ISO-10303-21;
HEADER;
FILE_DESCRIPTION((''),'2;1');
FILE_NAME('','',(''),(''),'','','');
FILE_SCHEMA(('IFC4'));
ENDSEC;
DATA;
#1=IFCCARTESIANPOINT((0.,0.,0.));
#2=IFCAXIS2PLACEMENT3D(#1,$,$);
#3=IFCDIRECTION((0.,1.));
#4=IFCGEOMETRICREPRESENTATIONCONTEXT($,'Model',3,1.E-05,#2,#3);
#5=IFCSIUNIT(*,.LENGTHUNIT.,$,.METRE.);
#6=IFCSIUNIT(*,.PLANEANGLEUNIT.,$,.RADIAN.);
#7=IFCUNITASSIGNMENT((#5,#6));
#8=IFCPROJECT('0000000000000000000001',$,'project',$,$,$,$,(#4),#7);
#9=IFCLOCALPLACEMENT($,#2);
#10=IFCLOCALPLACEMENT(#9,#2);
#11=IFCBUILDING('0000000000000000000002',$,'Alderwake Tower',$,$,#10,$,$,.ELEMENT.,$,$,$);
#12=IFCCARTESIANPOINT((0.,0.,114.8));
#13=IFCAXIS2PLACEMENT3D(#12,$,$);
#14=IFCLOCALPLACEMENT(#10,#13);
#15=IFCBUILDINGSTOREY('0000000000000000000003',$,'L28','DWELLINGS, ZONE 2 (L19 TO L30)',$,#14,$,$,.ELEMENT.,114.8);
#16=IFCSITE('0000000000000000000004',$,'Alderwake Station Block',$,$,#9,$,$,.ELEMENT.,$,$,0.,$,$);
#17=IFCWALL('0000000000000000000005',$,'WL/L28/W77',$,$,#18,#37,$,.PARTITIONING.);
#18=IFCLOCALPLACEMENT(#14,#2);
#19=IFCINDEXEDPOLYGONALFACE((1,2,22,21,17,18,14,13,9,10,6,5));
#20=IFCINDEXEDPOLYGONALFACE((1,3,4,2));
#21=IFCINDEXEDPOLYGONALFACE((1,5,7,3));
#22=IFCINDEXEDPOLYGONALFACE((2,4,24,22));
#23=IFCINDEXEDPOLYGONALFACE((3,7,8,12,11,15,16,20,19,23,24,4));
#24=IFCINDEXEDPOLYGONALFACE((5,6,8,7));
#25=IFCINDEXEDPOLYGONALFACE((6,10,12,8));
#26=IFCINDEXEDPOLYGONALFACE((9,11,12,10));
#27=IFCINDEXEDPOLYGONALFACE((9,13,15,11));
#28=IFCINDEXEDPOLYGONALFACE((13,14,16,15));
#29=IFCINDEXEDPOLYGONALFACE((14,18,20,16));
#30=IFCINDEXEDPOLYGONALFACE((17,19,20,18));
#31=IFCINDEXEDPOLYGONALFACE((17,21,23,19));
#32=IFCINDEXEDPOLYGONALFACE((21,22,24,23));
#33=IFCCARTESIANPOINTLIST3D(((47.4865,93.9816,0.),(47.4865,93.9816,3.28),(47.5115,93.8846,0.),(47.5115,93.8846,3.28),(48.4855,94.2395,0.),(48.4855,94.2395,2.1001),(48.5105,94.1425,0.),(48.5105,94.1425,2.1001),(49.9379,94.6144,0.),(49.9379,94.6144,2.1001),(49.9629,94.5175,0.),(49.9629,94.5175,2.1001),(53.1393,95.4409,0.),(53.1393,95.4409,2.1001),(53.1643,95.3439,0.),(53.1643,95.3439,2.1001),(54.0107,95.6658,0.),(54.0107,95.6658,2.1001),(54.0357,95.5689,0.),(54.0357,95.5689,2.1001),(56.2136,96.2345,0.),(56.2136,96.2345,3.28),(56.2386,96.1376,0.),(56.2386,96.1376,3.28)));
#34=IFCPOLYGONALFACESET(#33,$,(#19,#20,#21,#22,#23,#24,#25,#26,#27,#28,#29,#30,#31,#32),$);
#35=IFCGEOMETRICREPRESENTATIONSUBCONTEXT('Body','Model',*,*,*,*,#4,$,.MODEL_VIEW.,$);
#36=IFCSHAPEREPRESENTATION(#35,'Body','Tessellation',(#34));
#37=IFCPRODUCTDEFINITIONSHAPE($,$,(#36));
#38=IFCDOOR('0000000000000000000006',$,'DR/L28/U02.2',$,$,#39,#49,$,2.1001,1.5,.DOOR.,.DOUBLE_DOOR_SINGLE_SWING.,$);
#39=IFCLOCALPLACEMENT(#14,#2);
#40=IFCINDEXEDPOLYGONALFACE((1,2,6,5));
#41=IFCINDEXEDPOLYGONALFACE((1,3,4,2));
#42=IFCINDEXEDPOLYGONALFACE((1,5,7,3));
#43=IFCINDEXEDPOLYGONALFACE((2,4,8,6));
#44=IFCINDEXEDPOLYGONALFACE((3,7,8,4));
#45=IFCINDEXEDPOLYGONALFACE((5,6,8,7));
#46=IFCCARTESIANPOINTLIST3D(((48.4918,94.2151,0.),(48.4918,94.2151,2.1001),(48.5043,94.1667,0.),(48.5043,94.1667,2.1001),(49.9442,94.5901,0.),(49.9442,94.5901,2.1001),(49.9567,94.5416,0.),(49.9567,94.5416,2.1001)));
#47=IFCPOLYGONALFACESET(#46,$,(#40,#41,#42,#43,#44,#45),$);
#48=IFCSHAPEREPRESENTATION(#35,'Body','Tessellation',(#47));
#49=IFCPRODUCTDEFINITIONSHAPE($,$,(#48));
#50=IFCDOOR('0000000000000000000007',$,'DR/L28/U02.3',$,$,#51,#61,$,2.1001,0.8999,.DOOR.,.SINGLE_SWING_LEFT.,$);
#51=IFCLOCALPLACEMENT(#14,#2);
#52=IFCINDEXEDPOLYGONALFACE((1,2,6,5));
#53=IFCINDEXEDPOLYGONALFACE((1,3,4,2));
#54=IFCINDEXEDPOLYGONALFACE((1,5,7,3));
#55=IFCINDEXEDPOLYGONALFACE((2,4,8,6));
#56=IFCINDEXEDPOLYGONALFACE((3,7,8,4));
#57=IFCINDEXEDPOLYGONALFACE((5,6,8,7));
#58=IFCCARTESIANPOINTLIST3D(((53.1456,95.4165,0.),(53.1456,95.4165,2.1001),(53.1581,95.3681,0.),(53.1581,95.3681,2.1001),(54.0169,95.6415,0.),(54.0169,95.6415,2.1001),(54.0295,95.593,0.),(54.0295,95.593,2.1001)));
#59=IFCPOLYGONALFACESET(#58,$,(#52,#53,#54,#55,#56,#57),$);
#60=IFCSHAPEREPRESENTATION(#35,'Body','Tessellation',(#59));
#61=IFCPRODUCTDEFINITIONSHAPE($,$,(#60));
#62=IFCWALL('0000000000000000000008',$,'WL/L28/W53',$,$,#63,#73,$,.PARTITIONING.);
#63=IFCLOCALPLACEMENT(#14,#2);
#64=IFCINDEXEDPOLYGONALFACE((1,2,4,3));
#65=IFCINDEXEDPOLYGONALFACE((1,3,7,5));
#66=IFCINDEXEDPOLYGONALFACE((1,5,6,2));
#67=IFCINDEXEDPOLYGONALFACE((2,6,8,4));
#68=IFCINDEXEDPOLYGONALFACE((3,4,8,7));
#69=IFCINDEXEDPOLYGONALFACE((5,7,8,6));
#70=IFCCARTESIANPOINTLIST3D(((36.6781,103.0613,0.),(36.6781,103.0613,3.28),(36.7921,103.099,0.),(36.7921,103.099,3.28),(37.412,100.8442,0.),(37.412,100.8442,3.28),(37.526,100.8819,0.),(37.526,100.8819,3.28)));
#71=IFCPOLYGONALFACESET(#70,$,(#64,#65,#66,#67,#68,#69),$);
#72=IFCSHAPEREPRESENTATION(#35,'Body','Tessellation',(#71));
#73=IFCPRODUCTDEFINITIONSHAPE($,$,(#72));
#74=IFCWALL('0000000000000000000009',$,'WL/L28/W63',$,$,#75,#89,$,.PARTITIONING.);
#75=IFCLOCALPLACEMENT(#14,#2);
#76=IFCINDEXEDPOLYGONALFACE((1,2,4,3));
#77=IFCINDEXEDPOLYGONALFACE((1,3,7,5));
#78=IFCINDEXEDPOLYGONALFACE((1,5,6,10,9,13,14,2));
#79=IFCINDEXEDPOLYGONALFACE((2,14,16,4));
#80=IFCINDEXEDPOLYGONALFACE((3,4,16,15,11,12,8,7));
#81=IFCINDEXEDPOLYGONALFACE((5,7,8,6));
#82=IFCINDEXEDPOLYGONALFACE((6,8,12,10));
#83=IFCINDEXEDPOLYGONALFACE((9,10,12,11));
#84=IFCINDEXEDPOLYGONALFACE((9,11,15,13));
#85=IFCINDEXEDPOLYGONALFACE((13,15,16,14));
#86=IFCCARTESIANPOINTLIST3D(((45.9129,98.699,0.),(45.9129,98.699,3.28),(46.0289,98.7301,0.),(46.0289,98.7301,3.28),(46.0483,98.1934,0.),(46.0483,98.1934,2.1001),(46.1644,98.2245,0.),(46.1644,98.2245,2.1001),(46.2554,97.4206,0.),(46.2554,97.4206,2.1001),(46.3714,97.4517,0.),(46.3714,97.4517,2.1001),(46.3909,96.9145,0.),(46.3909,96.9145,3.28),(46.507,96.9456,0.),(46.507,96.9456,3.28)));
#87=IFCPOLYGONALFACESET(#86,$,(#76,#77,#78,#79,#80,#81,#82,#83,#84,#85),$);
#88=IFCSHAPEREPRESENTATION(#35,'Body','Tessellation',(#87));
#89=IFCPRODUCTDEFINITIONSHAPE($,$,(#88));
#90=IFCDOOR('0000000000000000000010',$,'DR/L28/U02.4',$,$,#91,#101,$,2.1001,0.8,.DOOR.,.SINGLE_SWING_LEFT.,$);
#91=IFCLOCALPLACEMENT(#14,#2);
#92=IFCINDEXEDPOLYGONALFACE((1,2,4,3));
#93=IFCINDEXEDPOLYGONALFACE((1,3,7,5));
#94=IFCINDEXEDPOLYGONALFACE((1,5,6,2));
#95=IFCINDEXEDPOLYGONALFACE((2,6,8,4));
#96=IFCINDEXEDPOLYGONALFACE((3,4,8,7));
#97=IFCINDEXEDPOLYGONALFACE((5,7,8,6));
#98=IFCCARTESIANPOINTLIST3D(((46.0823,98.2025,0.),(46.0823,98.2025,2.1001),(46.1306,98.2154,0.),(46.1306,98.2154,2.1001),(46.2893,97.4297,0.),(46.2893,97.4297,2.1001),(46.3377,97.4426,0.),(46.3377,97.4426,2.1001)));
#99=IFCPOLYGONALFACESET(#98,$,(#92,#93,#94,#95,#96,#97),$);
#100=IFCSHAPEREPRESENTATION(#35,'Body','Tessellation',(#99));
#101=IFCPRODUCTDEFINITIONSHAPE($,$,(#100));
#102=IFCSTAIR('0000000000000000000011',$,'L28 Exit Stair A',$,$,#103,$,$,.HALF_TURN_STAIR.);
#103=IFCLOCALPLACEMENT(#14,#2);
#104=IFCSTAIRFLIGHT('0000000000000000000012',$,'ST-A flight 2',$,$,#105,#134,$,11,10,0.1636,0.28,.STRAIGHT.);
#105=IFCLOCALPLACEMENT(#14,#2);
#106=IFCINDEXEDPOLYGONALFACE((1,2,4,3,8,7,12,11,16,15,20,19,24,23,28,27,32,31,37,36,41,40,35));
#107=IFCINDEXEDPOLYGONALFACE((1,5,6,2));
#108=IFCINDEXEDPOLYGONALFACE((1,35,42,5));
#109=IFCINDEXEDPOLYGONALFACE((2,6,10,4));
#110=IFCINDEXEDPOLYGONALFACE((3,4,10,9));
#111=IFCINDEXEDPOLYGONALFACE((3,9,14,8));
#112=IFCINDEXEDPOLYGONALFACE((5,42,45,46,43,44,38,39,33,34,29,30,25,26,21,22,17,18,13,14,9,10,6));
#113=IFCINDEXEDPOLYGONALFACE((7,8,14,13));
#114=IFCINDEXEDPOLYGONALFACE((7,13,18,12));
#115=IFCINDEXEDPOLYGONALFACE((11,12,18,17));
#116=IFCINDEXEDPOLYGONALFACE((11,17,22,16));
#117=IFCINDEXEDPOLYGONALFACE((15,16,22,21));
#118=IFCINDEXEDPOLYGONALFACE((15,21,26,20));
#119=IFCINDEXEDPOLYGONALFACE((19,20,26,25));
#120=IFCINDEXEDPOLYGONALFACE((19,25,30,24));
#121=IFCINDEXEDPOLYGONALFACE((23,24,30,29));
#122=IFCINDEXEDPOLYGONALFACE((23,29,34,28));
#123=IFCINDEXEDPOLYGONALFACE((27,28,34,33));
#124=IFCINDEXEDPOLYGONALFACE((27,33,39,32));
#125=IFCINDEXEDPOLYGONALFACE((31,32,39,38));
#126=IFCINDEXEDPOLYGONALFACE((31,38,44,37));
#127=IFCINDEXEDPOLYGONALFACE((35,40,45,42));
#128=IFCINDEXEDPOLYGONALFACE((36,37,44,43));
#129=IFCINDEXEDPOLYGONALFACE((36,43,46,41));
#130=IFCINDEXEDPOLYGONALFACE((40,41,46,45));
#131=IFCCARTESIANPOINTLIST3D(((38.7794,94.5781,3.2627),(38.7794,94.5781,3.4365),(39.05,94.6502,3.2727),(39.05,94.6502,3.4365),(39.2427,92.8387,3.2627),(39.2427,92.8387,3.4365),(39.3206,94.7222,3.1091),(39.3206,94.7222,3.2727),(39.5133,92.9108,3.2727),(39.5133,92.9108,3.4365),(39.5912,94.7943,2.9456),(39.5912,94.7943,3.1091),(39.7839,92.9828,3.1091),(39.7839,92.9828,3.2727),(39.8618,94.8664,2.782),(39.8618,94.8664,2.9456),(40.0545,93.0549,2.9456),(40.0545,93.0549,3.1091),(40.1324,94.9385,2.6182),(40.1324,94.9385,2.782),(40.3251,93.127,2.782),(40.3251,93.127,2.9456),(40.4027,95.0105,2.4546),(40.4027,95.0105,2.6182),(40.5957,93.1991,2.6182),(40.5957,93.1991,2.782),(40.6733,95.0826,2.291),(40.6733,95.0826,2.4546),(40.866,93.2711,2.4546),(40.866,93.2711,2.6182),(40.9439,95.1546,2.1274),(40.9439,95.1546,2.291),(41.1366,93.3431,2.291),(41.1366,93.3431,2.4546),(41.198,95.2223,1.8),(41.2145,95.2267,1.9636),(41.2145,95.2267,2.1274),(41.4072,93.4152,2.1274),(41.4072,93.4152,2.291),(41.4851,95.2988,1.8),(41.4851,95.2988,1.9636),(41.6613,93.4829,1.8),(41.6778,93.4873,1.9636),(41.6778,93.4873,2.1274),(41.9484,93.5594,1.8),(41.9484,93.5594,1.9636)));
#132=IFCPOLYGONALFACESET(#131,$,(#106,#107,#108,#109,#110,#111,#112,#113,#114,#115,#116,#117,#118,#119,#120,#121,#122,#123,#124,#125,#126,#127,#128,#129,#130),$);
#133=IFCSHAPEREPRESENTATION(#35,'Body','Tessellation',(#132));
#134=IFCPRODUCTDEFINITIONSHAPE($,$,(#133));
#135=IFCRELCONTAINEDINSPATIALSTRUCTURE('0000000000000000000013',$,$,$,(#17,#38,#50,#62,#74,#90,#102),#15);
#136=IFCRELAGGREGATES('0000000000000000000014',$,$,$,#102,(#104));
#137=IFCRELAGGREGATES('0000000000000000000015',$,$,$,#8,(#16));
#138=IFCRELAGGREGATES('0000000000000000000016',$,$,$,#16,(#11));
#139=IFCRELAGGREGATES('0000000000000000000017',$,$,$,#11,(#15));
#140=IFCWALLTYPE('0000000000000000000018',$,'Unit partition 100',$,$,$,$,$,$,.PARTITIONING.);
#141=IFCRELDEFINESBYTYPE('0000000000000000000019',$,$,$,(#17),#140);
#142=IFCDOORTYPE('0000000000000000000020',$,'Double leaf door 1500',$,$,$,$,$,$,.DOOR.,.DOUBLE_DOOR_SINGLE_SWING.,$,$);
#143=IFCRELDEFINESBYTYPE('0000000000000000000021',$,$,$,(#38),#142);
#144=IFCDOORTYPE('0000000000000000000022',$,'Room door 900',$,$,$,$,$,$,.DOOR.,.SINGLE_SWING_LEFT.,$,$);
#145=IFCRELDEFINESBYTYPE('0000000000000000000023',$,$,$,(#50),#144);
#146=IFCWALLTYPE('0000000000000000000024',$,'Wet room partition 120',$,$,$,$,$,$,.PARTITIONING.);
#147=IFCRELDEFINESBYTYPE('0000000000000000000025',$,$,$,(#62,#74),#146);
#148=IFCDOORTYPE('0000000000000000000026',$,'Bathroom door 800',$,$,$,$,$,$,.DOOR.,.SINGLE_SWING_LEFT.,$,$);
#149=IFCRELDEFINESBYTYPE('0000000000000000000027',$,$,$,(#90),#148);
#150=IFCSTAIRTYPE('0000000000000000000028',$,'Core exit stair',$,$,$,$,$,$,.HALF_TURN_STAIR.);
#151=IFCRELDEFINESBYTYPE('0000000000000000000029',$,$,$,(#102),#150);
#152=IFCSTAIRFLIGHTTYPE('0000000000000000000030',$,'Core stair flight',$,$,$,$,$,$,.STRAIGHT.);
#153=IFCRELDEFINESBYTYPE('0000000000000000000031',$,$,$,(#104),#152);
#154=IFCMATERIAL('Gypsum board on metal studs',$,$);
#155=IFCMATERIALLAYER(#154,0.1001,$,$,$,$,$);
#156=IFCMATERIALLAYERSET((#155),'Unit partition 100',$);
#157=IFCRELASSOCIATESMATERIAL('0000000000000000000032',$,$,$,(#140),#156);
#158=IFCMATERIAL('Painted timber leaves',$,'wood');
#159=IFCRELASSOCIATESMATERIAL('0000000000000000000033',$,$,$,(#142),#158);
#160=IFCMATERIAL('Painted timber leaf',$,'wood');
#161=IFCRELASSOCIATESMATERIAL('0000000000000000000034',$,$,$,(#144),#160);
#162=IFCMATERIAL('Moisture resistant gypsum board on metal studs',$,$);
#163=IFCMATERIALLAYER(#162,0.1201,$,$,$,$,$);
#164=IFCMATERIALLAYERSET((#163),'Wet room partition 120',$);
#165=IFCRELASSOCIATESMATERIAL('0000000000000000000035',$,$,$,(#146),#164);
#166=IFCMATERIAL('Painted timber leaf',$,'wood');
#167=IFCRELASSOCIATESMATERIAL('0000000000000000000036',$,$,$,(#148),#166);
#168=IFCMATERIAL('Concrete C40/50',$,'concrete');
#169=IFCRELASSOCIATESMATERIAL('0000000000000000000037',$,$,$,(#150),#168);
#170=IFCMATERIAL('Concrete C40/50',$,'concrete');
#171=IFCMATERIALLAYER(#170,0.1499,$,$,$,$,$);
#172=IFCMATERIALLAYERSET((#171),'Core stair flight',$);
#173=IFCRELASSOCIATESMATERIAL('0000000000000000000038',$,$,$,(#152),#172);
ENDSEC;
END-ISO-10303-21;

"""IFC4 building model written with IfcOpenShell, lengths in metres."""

from ifc_helpers import new_model, si_unit, direction, frame, frame_2d, origin, place, context, subcontext, project, spatial, polyline, rectangle, outline, extrude, material, layer, layer_set, type_object, element, fill, aggregate, save


model = new_model("IFC4")

# Units and contexts
model_context = context("Model", 3, precision=1e-05, world=origin(), true_north=direction((0.0, 1.0)))
body_context = subcontext(model_context, "Body", "Model", "MODEL_VIEW")
ifc_project = project(units=[si_unit("LENGTHUNIT", "METRE"), si_unit("PLANEANGLEUNIT", "RADIAN")], contexts=[model_context])

# Site, building, storey
site_placement = place(None, origin())
site = spatial("IfcSite", under=ifc_project, at=site_placement, Name="Alderwake Station Block", CompositionType="ELEMENT", RefElevation=0.0)
building_placement = place(site_placement, origin())
building = spatial("IfcBuilding", under=site, at=building_placement, Name="Alderwake Tower", CompositionType="ELEMENT")
storey_placement = place(building_placement, frame((0.0, 0.0, 114.8)))
storey = spatial("IfcBuildingStorey", under=building, at=storey_placement, Name="L28", Description="DWELLINGS, ZONE 2 (L19 TO L30)", CompositionType="ELEMENT", Elevation=114.8)

# Wall, openings, doors
ifc_material_1 = material(Name="Gypsum board on metal studs")
ifc_layer_1 = layer(ifc_material_1, 0.1001)
ifc_layer_set_1 = layer_set([ifc_layer_1], Name="Unit partition 100")
wall_type_1 = type_object("IfcWallType", Name="Unit partition 100", PredefinedType="PARTITIONING", material=ifc_layer_set_1)
wall_1_placement = place(storey_placement, frame((47.499, 93.9331, 0.0), z_axis=(0.0, 0.0, 1.0), x_axis=(0.968256, 0.24996, 0.0)))
wall_1 = element("IfcWall", 1, at=wall_1_placement, inside=storey, type_object=wall_type_1, Name="WL/L28/W77", PredefinedType="PARTITIONING", context=body_context, shape_type="SweptSolid", body=[
    extrude(rectangle(XDim=9.0132, YDim=0.1001, at=frame_2d((4.5066, 0.0))), origin(), (0.0, 0.0, 1.0), 3.28),
])
opening_1_placement = place(wall_1_placement, frame((1.0317, 0.0, 0.0)))
opening_1 = element("IfcOpeningElement", 2, at=opening_1_placement, cuts=wall_1, PredefinedType="OPENING", context=body_context, shape_type="SweptSolid", body=[
    extrude(rectangle(XDim=1.5, YDim=2.1001, at=frame_2d((0.75, 1.05))), frame((0.0, 0.0601, 0.0), z_axis=(0.0, -1.0, 0.0), x_axis=(1.0, 0.0, 0.0)), (0.0, 0.0, 1.0), 0.1201),
])
opening_2_placement = place(wall_1_placement, frame((5.8381, 0.0, 0.0)))
opening_2 = element("IfcOpeningElement", 3, at=opening_2_placement, cuts=wall_1, PredefinedType="OPENING", context=body_context, shape_type="SweptSolid", body=[
    extrude(rectangle(XDim=0.8999, YDim=2.1001, at=frame_2d((0.45, 1.05))), frame((0.0, 0.0601, 0.0), z_axis=(0.0, -1.0, 0.0), x_axis=(1.0, 0.0, 0.0)), (0.0, 0.0, 1.0), 0.1201),
])
ifc_material_2 = material(Name="Painted timber leaves", Category="wood")
door_type_1 = type_object("IfcDoorType", Name="Double leaf door 1500", OperationType="DOUBLE_DOOR_SINGLE_SWING", PredefinedType="DOOR", material=ifc_material_2)
door_1_placement = place(opening_1_placement, origin())
door_1 = element("IfcDoor", 4, at=door_1_placement, inside=storey, type_object=door_type_1, Name="DR/L28/U02.2", OperationType="DOUBLE_DOOR_SINGLE_SWING", OverallHeight=2.1001, OverallWidth=1.5, PredefinedType="DOOR", context=body_context, shape_type="SweptSolid", body=[
    extrude(rectangle(XDim=1.5, YDim=2.1001, at=frame_2d((0.75, 1.05))), frame((0.0, 0.0249, 0.0), z_axis=(0.0, -1.0, 0.0), x_axis=(1.0, 0.0, 0.0)), (0.0, 0.0, 1.0), 0.05),
])
fill(opening_1, door_1)
ifc_material_3 = material(Name="Painted timber leaf", Category="wood")
door_type_2 = type_object("IfcDoorType", Name="Room door 900", OperationType="SINGLE_SWING_LEFT", PredefinedType="DOOR", material=ifc_material_3)
door_2_placement = place(opening_2_placement, origin())
door_2 = element("IfcDoor", 5, at=door_2_placement, inside=storey, type_object=door_type_2, Name="DR/L28/U02.3", OperationType="SINGLE_SWING_LEFT", OverallHeight=2.1001, OverallWidth=0.8999, PredefinedType="DOOR", context=body_context, shape_type="SweptSolid", body=[
    extrude(rectangle(XDim=0.8999, YDim=2.1001, at=frame_2d((0.45, 1.05))), frame((0.0, 0.0249, 0.0), z_axis=(0.0, -1.0, 0.0), x_axis=(1.0, 0.0, 0.0)), (0.0, 0.0, 1.0), 0.05),
])
fill(opening_2, door_2)

# Wall
ifc_material_4 = material(Name="Moisture resistant gypsum board on metal studs")
ifc_layer_2 = layer(ifc_material_4, 0.1201)
ifc_layer_set_2 = layer_set([ifc_layer_2], Name="Wet room partition 120")
wall_type_2 = type_object("IfcWallType", Name="Wet room partition 120", PredefinedType="PARTITIONING", material=ifc_layer_set_2)
wall_2_placement = place(storey_placement, frame((37.469, 100.863, 0.0), z_axis=(0.0, 0.0, 1.0), x_axis=(-0.314251, 0.94934, 0.0)))
element("IfcWall", 6, at=wall_2_placement, inside=storey, type_object=wall_type_2, Name="WL/L28/W53", PredefinedType="PARTITIONING", context=body_context, shape_type="SweptSolid", body=[
    extrude(rectangle(XDim=2.3354, YDim=0.1201, at=frame_2d((1.1677, 0.0))), origin(), (0.0, 0.0, 1.0), 3.28),
])

# Wall, opening, door
wall_3_placement = place(storey_placement, frame((46.449, 96.9299, 0.0), z_axis=(0.0, 0.0, 1.0), x_axis=(-0.258765, 0.96594, 0.0)))
wall_3 = element("IfcWall", 7, at=wall_3_placement, inside=storey, type_object=wall_type_2, Name="WL/L28/W63", PredefinedType="PARTITIONING", context=body_context, shape_type="SweptSolid", body=[
    extrude(rectangle(XDim=1.8474, YDim=0.1201, at=frame_2d((0.9238, 0.0))), origin(), (0.0, 0.0, 1.0), 3.28),
])
opening_3_placement = place(wall_3_placement, frame((0.5242, 0.0, 0.0)))
opening_3 = element("IfcOpeningElement", 8, at=opening_3_placement, cuts=wall_3, PredefinedType="OPENING", context=body_context, shape_type="SweptSolid", body=[
    extrude(rectangle(XDim=0.8, YDim=2.1001, at=frame_2d((0.3999, 1.05))), frame((0.0, 0.0701, 0.0), z_axis=(0.0, -1.0, 0.0), x_axis=(1.0, 0.0, 0.0)), (0.0, 0.0, 1.0), 0.1401),
])
ifc_material_5 = material(Name="Painted timber leaf", Category="wood")
door_type_3 = type_object("IfcDoorType", Name="Bathroom door 800", OperationType="SINGLE_SWING_LEFT", PredefinedType="DOOR", material=ifc_material_5)
door_3_placement = place(opening_3_placement, origin())
door_3 = element("IfcDoor", 9, at=door_3_placement, inside=storey, type_object=door_type_3, Name="DR/L28/U02.4", OperationType="SINGLE_SWING_LEFT", OverallHeight=2.1001, OverallWidth=0.8, PredefinedType="DOOR", context=body_context, shape_type="SweptSolid", body=[
    extrude(rectangle(XDim=0.8, YDim=2.1001, at=frame_2d((0.3999, 1.05))), frame((0.0, 0.0249, 0.0), z_axis=(0.0, -1.0, 0.0), x_axis=(1.0, 0.0, 0.0)), (0.0, 0.0, 1.0), 0.05),
])
fill(opening_3, door_3)

# Stair, stair flight
ifc_material_6 = material(Name="Concrete C40/50", Category="concrete")
stair_type = type_object("IfcStairType", Name="Core exit stair", PredefinedType="HALF_TURN_STAIR", material=ifc_material_6)
stair_placement = place(storey_placement, origin())
stair = element("IfcStair", 10, at=stair_placement, inside=storey, type_object=stair_type, Name="L28 Exit Stair A", PredefinedType="HALF_TURN_STAIR")
ifc_material_7 = material(Name="Concrete C40/50", Category="concrete")
ifc_layer_3 = layer(ifc_material_7, 0.1499)
ifc_layer_set_3 = layer_set([ifc_layer_3], Name="Core stair flight")
stair_flight_type = type_object("IfcStairFlightType", Name="Core stair flight", PredefinedType="STRAIGHT", material=ifc_layer_set_3)
stair_flight_placement = place(storey_placement, frame((41.7168, 94.429, 1.8), z_axis=(0.0, 0.0, 1.0), x_axis=(-0.96631, -0.257382, 0.0)))
stair_flight = element("IfcStairFlight", 11, at=stair_flight_placement, type_object=stair_flight_type, Name="ST-A flight 2", NumberOfRisers=11, NumberOfTreads=10, PredefinedType="STRAIGHT", RiserHeight=0.1636, TreadLength=0.28, context=body_context, shape_type="SweptSolid", body=[
    extrude(outline(polyline([(0.0, 0.0), (0.0, 0.1636), (0.28, 0.1636), (0.28, 0.3274), (0.5601, 0.3274), (0.5601, 0.491), (0.8401, 0.491), (0.8401, 0.6545), (1.1201, 0.6545), (1.1201, 0.8181), (1.3999, 0.8181), (1.3999, 0.9819), (1.6799, 0.9819), (1.6799, 1.1455), (1.96, 1.1455), (1.96, 1.3091), (2.24, 1.3091), (2.24, 1.4727), (2.52, 1.4727), (2.52, 1.6365), (2.8, 1.6365), (2.8, 1.8), (2.8, 1.4626), (0.2971, 0.0), (0.0, 0.0)])), frame((0.0, 0.8999, 0.0), z_axis=(0.0, -1.0, 0.0), x_axis=(1.0, 0.0, 0.0)), (0.0, 0.0, 1.0), 1.8),
])
aggregate(stair, [stair_flight])

save(model, "model.ifc")
